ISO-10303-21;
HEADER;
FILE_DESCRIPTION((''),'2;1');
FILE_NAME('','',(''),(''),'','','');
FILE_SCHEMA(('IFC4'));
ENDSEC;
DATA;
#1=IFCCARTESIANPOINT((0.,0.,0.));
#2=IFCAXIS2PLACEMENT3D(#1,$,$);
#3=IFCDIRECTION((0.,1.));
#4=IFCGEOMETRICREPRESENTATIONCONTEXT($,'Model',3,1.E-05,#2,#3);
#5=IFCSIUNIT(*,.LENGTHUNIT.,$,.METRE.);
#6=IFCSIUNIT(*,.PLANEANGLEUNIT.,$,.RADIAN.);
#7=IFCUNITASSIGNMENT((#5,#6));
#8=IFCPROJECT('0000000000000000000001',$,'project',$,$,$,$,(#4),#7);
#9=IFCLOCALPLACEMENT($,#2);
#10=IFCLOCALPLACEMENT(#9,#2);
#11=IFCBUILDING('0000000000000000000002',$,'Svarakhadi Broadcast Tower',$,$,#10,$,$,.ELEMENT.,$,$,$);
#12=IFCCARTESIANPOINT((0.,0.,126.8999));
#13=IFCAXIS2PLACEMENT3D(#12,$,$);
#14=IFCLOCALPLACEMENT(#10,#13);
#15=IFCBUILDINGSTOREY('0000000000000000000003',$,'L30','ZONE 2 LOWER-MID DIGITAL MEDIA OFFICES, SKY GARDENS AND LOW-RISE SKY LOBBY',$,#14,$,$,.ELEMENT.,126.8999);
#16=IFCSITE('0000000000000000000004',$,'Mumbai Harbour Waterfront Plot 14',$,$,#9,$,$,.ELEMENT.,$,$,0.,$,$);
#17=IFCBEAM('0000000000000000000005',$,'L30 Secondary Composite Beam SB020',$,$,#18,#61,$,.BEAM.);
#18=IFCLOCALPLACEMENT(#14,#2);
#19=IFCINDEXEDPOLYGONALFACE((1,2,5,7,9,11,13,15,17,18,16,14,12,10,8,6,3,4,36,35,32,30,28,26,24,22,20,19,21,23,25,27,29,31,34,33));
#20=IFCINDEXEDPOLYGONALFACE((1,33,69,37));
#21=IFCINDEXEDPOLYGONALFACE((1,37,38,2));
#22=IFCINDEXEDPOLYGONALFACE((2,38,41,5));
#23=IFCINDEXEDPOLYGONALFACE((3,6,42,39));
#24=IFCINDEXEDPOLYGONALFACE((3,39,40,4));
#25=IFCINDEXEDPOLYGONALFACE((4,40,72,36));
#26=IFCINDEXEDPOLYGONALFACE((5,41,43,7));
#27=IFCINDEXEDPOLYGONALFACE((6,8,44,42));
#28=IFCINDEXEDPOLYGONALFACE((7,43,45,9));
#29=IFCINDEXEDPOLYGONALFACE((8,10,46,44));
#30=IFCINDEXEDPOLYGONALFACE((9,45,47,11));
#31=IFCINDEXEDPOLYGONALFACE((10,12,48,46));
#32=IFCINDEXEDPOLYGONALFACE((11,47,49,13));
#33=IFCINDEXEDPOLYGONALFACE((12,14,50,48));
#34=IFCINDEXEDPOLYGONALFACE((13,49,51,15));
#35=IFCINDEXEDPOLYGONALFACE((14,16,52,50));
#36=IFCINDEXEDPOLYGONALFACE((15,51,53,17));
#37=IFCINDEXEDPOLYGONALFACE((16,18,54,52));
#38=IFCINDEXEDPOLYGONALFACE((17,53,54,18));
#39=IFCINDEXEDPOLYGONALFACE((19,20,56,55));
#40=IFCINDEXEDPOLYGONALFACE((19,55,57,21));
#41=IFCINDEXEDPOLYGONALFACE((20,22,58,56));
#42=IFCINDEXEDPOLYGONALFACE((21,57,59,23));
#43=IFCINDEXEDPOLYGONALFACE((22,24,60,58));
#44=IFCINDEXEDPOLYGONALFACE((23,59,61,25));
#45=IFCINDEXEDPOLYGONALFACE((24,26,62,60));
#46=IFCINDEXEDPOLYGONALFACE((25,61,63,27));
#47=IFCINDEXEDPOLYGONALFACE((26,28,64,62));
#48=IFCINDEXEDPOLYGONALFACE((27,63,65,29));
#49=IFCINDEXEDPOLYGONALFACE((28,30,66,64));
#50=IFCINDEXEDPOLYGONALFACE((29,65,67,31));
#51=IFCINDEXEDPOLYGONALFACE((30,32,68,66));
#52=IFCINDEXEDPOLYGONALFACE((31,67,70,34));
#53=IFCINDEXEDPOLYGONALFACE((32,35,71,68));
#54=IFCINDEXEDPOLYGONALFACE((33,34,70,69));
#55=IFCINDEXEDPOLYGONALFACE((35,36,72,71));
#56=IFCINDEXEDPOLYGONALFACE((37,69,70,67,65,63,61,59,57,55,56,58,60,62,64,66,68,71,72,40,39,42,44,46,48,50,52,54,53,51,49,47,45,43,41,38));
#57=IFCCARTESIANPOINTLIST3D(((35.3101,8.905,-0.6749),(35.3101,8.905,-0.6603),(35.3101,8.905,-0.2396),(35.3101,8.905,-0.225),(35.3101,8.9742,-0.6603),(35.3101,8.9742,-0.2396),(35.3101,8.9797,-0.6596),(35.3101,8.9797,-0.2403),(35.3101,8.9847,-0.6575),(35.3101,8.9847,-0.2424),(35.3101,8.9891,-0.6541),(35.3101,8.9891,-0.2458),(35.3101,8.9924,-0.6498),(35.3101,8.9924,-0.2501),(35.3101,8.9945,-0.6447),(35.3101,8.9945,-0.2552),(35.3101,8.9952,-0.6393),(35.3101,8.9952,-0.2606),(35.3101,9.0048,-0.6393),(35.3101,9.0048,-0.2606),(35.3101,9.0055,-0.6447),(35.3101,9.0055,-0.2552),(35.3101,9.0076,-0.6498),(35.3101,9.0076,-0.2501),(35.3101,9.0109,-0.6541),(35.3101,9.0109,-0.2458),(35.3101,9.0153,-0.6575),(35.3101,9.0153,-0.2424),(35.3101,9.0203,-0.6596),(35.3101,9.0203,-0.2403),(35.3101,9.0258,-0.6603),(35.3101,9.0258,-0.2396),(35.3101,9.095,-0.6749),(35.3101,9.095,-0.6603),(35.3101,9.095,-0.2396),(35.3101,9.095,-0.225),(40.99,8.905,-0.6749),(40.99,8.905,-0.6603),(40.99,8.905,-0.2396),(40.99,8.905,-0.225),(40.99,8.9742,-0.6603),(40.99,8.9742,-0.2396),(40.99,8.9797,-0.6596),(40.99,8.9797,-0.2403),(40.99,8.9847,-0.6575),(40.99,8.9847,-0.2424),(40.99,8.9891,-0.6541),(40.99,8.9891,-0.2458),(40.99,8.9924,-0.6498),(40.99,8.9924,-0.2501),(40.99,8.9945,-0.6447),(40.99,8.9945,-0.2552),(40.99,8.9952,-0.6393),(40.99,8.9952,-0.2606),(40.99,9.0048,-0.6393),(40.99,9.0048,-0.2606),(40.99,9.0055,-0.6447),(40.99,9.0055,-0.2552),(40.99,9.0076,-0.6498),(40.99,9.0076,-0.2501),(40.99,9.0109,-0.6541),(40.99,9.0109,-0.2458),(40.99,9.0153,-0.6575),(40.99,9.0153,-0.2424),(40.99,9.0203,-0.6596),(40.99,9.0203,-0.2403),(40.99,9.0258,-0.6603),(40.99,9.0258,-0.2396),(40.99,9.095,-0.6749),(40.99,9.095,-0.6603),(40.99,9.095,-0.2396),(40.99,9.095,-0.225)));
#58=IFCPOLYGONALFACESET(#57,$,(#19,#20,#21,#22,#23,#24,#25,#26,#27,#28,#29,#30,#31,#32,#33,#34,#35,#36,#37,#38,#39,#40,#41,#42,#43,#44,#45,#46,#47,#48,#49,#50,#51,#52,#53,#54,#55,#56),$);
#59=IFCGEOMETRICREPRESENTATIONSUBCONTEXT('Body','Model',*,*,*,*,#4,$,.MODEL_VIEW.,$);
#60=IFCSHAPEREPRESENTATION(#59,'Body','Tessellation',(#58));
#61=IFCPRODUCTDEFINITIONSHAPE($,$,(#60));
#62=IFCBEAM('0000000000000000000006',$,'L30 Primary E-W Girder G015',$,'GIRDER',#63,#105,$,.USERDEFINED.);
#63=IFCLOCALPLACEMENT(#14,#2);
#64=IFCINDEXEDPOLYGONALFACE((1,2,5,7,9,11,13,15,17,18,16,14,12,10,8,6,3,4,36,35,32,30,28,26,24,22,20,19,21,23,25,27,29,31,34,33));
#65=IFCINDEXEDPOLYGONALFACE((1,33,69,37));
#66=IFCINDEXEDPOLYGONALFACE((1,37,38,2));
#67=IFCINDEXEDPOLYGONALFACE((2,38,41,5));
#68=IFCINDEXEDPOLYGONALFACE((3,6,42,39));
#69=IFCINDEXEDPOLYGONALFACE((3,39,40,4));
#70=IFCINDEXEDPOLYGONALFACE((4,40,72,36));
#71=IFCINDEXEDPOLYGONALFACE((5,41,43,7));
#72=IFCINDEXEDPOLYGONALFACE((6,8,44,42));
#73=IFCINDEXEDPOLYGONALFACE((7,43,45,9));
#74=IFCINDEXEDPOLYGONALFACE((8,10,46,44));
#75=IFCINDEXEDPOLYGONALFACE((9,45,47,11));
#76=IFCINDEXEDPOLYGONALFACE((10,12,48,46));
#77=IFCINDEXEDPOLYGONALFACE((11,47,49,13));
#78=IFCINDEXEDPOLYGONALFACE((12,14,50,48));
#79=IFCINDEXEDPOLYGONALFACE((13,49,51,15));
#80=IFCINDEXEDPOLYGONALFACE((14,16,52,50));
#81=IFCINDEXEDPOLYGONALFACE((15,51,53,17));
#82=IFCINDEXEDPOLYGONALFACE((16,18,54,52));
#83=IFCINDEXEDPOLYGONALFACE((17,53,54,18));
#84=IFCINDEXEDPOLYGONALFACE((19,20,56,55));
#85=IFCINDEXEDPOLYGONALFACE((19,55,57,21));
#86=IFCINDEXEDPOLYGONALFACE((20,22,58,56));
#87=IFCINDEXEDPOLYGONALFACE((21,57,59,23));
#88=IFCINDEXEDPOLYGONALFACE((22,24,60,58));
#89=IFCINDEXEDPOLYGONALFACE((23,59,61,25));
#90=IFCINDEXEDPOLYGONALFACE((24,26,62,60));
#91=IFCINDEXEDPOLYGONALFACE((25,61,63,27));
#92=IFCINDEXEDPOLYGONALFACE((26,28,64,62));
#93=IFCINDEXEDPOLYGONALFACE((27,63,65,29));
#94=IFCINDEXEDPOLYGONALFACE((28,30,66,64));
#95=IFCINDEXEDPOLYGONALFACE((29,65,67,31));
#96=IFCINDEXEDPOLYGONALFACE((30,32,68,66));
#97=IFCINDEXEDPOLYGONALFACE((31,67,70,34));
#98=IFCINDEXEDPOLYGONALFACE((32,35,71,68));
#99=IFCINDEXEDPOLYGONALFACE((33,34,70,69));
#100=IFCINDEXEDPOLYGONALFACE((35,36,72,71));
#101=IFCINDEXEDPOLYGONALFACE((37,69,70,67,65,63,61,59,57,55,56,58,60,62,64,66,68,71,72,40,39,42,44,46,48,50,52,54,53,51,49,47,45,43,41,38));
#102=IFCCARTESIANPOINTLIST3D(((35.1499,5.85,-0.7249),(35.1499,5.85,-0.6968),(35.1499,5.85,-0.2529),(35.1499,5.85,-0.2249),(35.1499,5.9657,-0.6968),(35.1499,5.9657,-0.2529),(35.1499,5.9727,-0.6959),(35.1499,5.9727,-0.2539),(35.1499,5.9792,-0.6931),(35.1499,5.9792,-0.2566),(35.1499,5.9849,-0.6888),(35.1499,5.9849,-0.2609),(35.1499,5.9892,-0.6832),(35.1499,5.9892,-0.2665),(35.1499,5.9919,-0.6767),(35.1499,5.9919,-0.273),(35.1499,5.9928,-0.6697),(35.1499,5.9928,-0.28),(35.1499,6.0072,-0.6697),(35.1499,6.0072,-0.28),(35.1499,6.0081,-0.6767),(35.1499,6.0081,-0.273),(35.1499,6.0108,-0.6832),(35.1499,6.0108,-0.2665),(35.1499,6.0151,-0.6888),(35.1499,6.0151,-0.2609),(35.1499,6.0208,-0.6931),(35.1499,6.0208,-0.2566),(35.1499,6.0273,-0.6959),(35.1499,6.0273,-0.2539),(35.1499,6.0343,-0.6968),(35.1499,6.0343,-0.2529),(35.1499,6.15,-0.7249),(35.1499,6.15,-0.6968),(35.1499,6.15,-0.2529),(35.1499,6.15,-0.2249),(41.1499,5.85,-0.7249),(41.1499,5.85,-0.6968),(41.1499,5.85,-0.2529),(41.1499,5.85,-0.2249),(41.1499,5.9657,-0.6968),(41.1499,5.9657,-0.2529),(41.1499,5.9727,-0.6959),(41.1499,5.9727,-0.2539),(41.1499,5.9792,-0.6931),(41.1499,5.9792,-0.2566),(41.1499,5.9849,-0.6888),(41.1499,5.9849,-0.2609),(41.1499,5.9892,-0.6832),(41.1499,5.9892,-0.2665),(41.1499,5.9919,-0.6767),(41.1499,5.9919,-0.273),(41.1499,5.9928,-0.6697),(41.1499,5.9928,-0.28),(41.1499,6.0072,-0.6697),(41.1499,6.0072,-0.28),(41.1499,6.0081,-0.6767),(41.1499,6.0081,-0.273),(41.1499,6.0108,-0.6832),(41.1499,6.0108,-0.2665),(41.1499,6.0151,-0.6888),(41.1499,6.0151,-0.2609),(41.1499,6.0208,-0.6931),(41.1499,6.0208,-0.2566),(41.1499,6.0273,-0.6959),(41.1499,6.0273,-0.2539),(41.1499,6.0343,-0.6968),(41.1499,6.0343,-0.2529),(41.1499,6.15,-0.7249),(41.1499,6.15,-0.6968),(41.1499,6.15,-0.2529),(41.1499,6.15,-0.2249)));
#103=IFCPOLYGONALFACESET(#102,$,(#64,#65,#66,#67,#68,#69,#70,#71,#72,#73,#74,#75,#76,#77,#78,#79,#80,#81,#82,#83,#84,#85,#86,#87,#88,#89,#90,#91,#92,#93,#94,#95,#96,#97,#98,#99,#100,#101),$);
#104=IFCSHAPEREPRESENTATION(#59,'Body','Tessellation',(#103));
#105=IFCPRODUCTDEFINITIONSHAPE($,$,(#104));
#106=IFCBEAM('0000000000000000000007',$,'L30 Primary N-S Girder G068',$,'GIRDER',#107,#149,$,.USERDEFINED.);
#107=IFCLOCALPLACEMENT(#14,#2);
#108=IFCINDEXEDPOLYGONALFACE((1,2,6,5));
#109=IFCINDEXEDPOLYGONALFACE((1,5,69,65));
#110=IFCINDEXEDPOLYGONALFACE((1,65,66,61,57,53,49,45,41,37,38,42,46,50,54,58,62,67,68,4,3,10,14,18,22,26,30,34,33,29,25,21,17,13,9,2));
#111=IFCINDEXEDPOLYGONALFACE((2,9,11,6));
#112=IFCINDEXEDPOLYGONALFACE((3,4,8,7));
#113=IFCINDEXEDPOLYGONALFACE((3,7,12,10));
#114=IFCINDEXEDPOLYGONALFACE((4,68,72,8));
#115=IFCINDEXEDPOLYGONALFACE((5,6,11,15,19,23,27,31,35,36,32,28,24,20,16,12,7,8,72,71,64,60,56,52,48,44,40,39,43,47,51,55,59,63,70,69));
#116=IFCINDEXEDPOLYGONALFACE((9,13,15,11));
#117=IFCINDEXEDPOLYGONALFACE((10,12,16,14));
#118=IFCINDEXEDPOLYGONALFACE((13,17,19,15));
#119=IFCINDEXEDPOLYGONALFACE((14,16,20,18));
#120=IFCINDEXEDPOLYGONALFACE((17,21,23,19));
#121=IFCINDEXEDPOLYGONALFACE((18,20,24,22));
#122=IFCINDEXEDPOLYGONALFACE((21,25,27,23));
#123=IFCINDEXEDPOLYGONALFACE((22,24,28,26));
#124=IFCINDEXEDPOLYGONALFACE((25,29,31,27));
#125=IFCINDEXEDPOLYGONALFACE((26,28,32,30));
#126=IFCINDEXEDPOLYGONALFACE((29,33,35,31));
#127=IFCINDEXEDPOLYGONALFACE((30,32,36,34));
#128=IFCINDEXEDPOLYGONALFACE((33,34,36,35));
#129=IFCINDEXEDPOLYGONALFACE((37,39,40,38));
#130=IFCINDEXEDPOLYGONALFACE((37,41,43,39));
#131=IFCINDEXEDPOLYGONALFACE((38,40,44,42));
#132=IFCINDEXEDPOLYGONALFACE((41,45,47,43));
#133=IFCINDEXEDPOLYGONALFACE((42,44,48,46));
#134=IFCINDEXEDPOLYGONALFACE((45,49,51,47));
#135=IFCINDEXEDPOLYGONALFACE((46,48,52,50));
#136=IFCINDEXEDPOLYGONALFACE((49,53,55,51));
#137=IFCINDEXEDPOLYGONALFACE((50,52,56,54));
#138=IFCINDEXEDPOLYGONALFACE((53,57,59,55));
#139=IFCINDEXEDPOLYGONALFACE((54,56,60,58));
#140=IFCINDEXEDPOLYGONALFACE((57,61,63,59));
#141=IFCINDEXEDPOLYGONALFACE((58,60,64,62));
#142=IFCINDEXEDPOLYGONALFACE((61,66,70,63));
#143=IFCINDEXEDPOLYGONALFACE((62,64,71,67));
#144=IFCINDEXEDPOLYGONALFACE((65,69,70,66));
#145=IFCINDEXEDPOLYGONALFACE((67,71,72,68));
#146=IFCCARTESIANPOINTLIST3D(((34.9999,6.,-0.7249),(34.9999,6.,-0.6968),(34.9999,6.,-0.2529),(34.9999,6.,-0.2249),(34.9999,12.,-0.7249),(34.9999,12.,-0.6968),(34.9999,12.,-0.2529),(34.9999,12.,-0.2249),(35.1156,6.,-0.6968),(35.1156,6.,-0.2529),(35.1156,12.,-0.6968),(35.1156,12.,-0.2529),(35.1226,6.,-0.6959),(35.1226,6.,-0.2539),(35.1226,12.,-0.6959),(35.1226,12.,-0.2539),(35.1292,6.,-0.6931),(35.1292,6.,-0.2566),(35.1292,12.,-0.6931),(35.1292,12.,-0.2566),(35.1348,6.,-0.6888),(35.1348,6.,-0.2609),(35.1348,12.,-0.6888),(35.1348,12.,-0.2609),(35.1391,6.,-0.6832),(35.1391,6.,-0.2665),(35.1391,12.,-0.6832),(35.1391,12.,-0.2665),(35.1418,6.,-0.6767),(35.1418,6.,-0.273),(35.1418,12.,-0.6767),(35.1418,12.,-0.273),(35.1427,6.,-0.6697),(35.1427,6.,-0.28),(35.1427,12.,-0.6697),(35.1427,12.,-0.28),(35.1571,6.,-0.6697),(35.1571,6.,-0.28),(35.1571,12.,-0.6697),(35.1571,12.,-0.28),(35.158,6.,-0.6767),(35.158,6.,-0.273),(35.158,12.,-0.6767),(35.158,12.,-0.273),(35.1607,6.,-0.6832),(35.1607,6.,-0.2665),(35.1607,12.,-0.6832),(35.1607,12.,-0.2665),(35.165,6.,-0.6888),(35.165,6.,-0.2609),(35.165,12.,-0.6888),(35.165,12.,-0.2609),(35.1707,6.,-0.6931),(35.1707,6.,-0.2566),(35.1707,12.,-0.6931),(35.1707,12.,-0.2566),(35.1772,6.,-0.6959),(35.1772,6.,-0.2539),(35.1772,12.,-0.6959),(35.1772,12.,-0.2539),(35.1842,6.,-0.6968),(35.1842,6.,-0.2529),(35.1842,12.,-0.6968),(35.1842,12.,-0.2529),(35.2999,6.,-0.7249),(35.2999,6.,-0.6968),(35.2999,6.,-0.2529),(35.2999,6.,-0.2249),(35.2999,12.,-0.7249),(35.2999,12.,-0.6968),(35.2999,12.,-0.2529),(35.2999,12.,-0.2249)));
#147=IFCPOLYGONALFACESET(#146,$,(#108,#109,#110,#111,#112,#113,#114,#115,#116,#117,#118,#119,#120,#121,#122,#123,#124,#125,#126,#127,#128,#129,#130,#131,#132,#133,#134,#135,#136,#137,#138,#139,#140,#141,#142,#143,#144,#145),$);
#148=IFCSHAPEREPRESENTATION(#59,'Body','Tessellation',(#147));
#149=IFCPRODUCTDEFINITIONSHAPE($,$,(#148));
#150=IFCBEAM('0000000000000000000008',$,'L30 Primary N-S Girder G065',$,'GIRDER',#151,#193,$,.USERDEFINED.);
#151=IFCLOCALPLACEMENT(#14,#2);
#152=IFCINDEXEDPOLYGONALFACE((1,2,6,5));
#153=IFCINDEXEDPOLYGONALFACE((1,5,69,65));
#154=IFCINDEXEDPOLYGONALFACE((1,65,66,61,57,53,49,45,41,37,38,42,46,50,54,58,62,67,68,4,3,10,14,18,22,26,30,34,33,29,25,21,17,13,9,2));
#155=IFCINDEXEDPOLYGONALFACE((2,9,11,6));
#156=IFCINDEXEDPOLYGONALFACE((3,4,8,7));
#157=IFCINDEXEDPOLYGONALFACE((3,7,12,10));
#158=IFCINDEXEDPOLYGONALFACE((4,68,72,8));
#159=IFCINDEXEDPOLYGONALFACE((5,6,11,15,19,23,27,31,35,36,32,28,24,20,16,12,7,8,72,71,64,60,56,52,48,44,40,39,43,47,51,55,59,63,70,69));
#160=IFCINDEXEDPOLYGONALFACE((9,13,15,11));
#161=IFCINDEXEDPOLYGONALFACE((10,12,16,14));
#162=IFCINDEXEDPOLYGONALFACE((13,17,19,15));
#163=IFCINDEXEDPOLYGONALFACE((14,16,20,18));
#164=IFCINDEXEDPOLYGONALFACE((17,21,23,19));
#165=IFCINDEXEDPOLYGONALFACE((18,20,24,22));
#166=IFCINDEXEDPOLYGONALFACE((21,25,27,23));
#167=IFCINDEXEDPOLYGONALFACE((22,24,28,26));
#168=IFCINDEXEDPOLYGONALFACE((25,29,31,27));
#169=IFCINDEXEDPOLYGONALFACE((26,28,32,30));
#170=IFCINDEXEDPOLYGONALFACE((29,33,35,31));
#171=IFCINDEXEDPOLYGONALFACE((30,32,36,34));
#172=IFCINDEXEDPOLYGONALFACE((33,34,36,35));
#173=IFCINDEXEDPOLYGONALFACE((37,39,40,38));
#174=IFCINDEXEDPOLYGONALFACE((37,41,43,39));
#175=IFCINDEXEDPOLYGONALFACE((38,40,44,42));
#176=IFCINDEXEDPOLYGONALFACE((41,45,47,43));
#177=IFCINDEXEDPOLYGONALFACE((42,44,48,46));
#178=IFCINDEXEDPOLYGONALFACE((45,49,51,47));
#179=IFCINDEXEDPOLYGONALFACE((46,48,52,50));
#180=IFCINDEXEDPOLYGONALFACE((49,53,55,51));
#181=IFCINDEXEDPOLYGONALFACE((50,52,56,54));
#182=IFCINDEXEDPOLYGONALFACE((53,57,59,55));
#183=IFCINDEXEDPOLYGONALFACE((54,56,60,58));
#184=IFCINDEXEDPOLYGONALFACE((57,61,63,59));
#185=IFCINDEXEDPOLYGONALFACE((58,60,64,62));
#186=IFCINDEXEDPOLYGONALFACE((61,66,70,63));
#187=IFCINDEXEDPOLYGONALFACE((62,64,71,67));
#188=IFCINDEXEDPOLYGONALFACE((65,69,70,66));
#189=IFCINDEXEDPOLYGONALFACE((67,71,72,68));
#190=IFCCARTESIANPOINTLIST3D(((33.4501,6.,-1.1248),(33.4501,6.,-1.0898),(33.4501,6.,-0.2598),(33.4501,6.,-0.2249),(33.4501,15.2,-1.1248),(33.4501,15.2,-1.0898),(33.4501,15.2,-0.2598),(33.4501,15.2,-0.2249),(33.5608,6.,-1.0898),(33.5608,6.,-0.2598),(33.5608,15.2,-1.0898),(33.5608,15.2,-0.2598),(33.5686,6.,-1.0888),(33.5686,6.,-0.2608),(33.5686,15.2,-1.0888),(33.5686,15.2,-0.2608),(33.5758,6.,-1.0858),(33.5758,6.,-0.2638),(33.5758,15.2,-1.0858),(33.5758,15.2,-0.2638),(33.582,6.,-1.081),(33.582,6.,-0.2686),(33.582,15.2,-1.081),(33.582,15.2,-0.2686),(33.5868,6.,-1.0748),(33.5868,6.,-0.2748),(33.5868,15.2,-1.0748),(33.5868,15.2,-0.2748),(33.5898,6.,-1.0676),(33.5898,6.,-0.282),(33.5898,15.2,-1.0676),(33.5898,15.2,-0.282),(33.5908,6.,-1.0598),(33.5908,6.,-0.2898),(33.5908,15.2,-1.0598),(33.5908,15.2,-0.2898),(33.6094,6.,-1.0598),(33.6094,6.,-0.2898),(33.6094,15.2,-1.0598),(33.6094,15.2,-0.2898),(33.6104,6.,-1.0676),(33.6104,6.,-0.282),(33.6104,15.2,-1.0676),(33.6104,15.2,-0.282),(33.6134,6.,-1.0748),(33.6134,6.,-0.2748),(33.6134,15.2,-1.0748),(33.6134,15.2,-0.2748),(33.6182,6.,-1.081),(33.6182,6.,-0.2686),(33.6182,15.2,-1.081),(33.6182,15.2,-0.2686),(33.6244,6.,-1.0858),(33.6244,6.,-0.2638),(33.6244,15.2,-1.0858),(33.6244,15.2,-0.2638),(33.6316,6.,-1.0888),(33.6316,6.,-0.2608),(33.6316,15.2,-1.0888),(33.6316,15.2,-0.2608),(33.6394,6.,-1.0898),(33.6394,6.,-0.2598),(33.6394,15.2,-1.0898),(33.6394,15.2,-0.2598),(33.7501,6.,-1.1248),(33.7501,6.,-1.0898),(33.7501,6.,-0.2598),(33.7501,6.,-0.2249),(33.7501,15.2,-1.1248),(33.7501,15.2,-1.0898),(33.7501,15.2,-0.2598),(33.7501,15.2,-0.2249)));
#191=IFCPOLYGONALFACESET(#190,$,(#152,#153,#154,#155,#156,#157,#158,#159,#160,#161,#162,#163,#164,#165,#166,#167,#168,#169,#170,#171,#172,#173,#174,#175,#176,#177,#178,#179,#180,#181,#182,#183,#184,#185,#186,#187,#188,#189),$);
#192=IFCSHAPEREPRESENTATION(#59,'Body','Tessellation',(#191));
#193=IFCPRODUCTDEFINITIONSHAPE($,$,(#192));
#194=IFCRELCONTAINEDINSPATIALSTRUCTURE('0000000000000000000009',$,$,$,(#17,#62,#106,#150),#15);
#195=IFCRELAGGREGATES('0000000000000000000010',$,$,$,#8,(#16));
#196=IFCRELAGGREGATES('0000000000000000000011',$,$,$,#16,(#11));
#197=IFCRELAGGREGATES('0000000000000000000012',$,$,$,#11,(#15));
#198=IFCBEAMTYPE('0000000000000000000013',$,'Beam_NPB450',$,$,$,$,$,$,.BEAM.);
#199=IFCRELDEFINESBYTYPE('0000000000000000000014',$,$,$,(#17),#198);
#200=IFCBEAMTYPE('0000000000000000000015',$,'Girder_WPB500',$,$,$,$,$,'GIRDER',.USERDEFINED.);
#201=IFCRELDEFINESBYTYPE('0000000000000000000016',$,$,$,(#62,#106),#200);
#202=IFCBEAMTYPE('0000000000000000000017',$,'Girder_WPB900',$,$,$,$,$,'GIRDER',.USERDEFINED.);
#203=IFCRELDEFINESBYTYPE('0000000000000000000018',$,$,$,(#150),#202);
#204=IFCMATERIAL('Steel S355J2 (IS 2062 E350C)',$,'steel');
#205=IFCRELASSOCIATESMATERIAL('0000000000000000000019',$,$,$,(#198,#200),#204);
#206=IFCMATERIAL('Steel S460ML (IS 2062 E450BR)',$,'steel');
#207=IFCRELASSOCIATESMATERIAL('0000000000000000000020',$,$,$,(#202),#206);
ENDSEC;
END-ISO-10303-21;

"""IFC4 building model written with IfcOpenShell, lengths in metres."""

from ifc_helpers import new_model, si_unit, direction, frame, origin, origin_2d, place, context, subcontext, project, spatial, i_section, extrude, material, material_profile, profile_set, type_object, element, save


model = new_model("IFC4")

# Units and contexts
model_context = context("Model", 3, precision=1e-05, world=origin(), true_north=direction((0.0, 1.0)))
body_context = subcontext(model_context, "Body", "Model", "MODEL_VIEW")
ifc_project = project(units=[si_unit("LENGTHUNIT", "METRE"), si_unit("PLANEANGLEUNIT", "RADIAN")], contexts=[model_context])

# Site, building, storey
site_placement = place(None, origin())
site = spatial("IfcSite", under=ifc_project, at=site_placement, Name="Mumbai Harbour Waterfront Plot 14", CompositionType="ELEMENT", RefElevation=0.0)
building_placement = place(site_placement, origin())
building = spatial("IfcBuilding", under=site, at=building_placement, Name="Svarakhadi Broadcast Tower", CompositionType="ELEMENT")
storey_placement = place(building_placement, frame((0.0, 0.0, 126.8999)))
storey = spatial("IfcBuildingStorey", under=building, at=storey_placement, Name="L30", Description="ZONE 2 LOWER-MID DIGITAL MEDIA OFFICES, SKY GARDENS AND LOW-RISE SKY LOBBY", CompositionType="ELEMENT", Elevation=126.8999)

# Shared definitions
ifc_material_1 = material(Name="Steel S460ML (IS 2062 E450BR)", Category="steel")

# Beams
ifc_material_2 = material(Name="Steel S355J2 (IS 2062 E350C)", Category="steel")
ifc_material_profile_1 = material_profile(ifc_material_2, i_section(OverallWidth=0.1899, OverallDepth=0.45, WebThickness=0.0095, FlangeThickness=0.0146, FilletRadius=0.021, at=origin_2d()), Name="NPB 450x190x78")
ifc_profile_set_1 = profile_set([ifc_material_profile_1], Name="Steel S355J2 (IS 2062 E350C)")
beam_type_1 = type_object("IfcBeamType", Name="Beam_NPB450", PredefinedType="BEAM", material=ifc_profile_set_1)
for number, where, z_axis, x_axis, name in (
    (1, (35.3101, 9.0, -0.45), (1.0, 0.0, 0.0), (0.0, 1.0, 0.0), "L30 Secondary Composite Beam SB020"),
):
    element("IfcBeam", number, at=place(storey_placement, frame(where, z_axis=z_axis, x_axis=x_axis)), inside=storey, type_object=beam_type_1, Name=name, PredefinedType="BEAM", context=body_context, shape_type="SweptSolid", body=[
        extrude(i_section(OverallWidth=0.1899, OverallDepth=0.45, WebThickness=0.0095, FlangeThickness=0.0146, FilletRadius=0.021, at=origin_2d()), origin(), (0.0, 0.0, 1.0), 5.6799),
    ])
ifc_material_profile_2 = material_profile(ifc_material_2, i_section(OverallWidth=0.3, OverallDepth=0.5, WebThickness=0.0144, FlangeThickness=0.0281, FilletRadius=0.0271, at=origin_2d()), Name="WPB 500x300x187")
ifc_profile_set_2 = profile_set([ifc_material_profile_2], Name="Steel S355J2 (IS 2062 E350C)")
beam_type_2 = type_object("IfcBeamType", Name="Girder_WPB500", ElementType="GIRDER", PredefinedType="USERDEFINED", material=ifc_profile_set_2)
for number, where, z_axis, x_axis, name in (
    (2, (35.1499, 6.0, -0.4749), (1.0, 0.0, 0.0), (0.0, 1.0, 0.0), "L30 Primary E-W Girder G015"),
    (3, (35.1499, 6.0, -0.4749), (0.0, 1.0, 0.0), (-1.0, 0.0, 0.0), "L30 Primary N-S Girder G068"),
):
    element("IfcBeam", number, at=place(storey_placement, frame(where, z_axis=z_axis, x_axis=x_axis)), inside=storey, type_object=beam_type_2, Name=name, ObjectType="GIRDER", PredefinedType="USERDEFINED", context=body_context, shape_type="SweptSolid", body=[
        extrude(i_section(OverallWidth=0.3, OverallDepth=0.5, WebThickness=0.0144, FlangeThickness=0.0281, FilletRadius=0.0271, at=origin_2d()), origin(), (0.0, 0.0, 1.0), 6.0),
    ])
ifc_material_profile_3 = material_profile(ifc_material_1, i_section(OverallWidth=0.3, OverallDepth=0.8999, WebThickness=0.0186, FlangeThickness=0.0349, FilletRadius=0.03, at=origin_2d()), Name="WPB 900x300x291")
ifc_profile_set_3 = profile_set([ifc_material_profile_3], Name="Steel S460ML (IS 2062 E450BR)")
beam_type_3 = type_object("IfcBeamType", Name="Girder_WPB900", ElementType="GIRDER", PredefinedType="USERDEFINED", material=ifc_profile_set_3)
beam_placement = place(storey_placement, frame((33.6001, 6.0, -0.6748), z_axis=(0.0, 1.0, 0.0), x_axis=(-1.0, 0.0, 0.0)))
element("IfcBeam", 4, at=beam_placement, inside=storey, type_object=beam_type_3, Name="L30 Primary N-S Girder G065", ObjectType="GIRDER", PredefinedType="USERDEFINED", context=body_context, shape_type="SweptSolid", body=[
    extrude(i_section(OverallWidth=0.3, OverallDepth=0.8999, WebThickness=0.0186, FlangeThickness=0.0349, FilletRadius=0.03, at=origin_2d()), origin(), (0.0, 0.0, 1.0), 9.2),
])

save(model, "model.ifc")
